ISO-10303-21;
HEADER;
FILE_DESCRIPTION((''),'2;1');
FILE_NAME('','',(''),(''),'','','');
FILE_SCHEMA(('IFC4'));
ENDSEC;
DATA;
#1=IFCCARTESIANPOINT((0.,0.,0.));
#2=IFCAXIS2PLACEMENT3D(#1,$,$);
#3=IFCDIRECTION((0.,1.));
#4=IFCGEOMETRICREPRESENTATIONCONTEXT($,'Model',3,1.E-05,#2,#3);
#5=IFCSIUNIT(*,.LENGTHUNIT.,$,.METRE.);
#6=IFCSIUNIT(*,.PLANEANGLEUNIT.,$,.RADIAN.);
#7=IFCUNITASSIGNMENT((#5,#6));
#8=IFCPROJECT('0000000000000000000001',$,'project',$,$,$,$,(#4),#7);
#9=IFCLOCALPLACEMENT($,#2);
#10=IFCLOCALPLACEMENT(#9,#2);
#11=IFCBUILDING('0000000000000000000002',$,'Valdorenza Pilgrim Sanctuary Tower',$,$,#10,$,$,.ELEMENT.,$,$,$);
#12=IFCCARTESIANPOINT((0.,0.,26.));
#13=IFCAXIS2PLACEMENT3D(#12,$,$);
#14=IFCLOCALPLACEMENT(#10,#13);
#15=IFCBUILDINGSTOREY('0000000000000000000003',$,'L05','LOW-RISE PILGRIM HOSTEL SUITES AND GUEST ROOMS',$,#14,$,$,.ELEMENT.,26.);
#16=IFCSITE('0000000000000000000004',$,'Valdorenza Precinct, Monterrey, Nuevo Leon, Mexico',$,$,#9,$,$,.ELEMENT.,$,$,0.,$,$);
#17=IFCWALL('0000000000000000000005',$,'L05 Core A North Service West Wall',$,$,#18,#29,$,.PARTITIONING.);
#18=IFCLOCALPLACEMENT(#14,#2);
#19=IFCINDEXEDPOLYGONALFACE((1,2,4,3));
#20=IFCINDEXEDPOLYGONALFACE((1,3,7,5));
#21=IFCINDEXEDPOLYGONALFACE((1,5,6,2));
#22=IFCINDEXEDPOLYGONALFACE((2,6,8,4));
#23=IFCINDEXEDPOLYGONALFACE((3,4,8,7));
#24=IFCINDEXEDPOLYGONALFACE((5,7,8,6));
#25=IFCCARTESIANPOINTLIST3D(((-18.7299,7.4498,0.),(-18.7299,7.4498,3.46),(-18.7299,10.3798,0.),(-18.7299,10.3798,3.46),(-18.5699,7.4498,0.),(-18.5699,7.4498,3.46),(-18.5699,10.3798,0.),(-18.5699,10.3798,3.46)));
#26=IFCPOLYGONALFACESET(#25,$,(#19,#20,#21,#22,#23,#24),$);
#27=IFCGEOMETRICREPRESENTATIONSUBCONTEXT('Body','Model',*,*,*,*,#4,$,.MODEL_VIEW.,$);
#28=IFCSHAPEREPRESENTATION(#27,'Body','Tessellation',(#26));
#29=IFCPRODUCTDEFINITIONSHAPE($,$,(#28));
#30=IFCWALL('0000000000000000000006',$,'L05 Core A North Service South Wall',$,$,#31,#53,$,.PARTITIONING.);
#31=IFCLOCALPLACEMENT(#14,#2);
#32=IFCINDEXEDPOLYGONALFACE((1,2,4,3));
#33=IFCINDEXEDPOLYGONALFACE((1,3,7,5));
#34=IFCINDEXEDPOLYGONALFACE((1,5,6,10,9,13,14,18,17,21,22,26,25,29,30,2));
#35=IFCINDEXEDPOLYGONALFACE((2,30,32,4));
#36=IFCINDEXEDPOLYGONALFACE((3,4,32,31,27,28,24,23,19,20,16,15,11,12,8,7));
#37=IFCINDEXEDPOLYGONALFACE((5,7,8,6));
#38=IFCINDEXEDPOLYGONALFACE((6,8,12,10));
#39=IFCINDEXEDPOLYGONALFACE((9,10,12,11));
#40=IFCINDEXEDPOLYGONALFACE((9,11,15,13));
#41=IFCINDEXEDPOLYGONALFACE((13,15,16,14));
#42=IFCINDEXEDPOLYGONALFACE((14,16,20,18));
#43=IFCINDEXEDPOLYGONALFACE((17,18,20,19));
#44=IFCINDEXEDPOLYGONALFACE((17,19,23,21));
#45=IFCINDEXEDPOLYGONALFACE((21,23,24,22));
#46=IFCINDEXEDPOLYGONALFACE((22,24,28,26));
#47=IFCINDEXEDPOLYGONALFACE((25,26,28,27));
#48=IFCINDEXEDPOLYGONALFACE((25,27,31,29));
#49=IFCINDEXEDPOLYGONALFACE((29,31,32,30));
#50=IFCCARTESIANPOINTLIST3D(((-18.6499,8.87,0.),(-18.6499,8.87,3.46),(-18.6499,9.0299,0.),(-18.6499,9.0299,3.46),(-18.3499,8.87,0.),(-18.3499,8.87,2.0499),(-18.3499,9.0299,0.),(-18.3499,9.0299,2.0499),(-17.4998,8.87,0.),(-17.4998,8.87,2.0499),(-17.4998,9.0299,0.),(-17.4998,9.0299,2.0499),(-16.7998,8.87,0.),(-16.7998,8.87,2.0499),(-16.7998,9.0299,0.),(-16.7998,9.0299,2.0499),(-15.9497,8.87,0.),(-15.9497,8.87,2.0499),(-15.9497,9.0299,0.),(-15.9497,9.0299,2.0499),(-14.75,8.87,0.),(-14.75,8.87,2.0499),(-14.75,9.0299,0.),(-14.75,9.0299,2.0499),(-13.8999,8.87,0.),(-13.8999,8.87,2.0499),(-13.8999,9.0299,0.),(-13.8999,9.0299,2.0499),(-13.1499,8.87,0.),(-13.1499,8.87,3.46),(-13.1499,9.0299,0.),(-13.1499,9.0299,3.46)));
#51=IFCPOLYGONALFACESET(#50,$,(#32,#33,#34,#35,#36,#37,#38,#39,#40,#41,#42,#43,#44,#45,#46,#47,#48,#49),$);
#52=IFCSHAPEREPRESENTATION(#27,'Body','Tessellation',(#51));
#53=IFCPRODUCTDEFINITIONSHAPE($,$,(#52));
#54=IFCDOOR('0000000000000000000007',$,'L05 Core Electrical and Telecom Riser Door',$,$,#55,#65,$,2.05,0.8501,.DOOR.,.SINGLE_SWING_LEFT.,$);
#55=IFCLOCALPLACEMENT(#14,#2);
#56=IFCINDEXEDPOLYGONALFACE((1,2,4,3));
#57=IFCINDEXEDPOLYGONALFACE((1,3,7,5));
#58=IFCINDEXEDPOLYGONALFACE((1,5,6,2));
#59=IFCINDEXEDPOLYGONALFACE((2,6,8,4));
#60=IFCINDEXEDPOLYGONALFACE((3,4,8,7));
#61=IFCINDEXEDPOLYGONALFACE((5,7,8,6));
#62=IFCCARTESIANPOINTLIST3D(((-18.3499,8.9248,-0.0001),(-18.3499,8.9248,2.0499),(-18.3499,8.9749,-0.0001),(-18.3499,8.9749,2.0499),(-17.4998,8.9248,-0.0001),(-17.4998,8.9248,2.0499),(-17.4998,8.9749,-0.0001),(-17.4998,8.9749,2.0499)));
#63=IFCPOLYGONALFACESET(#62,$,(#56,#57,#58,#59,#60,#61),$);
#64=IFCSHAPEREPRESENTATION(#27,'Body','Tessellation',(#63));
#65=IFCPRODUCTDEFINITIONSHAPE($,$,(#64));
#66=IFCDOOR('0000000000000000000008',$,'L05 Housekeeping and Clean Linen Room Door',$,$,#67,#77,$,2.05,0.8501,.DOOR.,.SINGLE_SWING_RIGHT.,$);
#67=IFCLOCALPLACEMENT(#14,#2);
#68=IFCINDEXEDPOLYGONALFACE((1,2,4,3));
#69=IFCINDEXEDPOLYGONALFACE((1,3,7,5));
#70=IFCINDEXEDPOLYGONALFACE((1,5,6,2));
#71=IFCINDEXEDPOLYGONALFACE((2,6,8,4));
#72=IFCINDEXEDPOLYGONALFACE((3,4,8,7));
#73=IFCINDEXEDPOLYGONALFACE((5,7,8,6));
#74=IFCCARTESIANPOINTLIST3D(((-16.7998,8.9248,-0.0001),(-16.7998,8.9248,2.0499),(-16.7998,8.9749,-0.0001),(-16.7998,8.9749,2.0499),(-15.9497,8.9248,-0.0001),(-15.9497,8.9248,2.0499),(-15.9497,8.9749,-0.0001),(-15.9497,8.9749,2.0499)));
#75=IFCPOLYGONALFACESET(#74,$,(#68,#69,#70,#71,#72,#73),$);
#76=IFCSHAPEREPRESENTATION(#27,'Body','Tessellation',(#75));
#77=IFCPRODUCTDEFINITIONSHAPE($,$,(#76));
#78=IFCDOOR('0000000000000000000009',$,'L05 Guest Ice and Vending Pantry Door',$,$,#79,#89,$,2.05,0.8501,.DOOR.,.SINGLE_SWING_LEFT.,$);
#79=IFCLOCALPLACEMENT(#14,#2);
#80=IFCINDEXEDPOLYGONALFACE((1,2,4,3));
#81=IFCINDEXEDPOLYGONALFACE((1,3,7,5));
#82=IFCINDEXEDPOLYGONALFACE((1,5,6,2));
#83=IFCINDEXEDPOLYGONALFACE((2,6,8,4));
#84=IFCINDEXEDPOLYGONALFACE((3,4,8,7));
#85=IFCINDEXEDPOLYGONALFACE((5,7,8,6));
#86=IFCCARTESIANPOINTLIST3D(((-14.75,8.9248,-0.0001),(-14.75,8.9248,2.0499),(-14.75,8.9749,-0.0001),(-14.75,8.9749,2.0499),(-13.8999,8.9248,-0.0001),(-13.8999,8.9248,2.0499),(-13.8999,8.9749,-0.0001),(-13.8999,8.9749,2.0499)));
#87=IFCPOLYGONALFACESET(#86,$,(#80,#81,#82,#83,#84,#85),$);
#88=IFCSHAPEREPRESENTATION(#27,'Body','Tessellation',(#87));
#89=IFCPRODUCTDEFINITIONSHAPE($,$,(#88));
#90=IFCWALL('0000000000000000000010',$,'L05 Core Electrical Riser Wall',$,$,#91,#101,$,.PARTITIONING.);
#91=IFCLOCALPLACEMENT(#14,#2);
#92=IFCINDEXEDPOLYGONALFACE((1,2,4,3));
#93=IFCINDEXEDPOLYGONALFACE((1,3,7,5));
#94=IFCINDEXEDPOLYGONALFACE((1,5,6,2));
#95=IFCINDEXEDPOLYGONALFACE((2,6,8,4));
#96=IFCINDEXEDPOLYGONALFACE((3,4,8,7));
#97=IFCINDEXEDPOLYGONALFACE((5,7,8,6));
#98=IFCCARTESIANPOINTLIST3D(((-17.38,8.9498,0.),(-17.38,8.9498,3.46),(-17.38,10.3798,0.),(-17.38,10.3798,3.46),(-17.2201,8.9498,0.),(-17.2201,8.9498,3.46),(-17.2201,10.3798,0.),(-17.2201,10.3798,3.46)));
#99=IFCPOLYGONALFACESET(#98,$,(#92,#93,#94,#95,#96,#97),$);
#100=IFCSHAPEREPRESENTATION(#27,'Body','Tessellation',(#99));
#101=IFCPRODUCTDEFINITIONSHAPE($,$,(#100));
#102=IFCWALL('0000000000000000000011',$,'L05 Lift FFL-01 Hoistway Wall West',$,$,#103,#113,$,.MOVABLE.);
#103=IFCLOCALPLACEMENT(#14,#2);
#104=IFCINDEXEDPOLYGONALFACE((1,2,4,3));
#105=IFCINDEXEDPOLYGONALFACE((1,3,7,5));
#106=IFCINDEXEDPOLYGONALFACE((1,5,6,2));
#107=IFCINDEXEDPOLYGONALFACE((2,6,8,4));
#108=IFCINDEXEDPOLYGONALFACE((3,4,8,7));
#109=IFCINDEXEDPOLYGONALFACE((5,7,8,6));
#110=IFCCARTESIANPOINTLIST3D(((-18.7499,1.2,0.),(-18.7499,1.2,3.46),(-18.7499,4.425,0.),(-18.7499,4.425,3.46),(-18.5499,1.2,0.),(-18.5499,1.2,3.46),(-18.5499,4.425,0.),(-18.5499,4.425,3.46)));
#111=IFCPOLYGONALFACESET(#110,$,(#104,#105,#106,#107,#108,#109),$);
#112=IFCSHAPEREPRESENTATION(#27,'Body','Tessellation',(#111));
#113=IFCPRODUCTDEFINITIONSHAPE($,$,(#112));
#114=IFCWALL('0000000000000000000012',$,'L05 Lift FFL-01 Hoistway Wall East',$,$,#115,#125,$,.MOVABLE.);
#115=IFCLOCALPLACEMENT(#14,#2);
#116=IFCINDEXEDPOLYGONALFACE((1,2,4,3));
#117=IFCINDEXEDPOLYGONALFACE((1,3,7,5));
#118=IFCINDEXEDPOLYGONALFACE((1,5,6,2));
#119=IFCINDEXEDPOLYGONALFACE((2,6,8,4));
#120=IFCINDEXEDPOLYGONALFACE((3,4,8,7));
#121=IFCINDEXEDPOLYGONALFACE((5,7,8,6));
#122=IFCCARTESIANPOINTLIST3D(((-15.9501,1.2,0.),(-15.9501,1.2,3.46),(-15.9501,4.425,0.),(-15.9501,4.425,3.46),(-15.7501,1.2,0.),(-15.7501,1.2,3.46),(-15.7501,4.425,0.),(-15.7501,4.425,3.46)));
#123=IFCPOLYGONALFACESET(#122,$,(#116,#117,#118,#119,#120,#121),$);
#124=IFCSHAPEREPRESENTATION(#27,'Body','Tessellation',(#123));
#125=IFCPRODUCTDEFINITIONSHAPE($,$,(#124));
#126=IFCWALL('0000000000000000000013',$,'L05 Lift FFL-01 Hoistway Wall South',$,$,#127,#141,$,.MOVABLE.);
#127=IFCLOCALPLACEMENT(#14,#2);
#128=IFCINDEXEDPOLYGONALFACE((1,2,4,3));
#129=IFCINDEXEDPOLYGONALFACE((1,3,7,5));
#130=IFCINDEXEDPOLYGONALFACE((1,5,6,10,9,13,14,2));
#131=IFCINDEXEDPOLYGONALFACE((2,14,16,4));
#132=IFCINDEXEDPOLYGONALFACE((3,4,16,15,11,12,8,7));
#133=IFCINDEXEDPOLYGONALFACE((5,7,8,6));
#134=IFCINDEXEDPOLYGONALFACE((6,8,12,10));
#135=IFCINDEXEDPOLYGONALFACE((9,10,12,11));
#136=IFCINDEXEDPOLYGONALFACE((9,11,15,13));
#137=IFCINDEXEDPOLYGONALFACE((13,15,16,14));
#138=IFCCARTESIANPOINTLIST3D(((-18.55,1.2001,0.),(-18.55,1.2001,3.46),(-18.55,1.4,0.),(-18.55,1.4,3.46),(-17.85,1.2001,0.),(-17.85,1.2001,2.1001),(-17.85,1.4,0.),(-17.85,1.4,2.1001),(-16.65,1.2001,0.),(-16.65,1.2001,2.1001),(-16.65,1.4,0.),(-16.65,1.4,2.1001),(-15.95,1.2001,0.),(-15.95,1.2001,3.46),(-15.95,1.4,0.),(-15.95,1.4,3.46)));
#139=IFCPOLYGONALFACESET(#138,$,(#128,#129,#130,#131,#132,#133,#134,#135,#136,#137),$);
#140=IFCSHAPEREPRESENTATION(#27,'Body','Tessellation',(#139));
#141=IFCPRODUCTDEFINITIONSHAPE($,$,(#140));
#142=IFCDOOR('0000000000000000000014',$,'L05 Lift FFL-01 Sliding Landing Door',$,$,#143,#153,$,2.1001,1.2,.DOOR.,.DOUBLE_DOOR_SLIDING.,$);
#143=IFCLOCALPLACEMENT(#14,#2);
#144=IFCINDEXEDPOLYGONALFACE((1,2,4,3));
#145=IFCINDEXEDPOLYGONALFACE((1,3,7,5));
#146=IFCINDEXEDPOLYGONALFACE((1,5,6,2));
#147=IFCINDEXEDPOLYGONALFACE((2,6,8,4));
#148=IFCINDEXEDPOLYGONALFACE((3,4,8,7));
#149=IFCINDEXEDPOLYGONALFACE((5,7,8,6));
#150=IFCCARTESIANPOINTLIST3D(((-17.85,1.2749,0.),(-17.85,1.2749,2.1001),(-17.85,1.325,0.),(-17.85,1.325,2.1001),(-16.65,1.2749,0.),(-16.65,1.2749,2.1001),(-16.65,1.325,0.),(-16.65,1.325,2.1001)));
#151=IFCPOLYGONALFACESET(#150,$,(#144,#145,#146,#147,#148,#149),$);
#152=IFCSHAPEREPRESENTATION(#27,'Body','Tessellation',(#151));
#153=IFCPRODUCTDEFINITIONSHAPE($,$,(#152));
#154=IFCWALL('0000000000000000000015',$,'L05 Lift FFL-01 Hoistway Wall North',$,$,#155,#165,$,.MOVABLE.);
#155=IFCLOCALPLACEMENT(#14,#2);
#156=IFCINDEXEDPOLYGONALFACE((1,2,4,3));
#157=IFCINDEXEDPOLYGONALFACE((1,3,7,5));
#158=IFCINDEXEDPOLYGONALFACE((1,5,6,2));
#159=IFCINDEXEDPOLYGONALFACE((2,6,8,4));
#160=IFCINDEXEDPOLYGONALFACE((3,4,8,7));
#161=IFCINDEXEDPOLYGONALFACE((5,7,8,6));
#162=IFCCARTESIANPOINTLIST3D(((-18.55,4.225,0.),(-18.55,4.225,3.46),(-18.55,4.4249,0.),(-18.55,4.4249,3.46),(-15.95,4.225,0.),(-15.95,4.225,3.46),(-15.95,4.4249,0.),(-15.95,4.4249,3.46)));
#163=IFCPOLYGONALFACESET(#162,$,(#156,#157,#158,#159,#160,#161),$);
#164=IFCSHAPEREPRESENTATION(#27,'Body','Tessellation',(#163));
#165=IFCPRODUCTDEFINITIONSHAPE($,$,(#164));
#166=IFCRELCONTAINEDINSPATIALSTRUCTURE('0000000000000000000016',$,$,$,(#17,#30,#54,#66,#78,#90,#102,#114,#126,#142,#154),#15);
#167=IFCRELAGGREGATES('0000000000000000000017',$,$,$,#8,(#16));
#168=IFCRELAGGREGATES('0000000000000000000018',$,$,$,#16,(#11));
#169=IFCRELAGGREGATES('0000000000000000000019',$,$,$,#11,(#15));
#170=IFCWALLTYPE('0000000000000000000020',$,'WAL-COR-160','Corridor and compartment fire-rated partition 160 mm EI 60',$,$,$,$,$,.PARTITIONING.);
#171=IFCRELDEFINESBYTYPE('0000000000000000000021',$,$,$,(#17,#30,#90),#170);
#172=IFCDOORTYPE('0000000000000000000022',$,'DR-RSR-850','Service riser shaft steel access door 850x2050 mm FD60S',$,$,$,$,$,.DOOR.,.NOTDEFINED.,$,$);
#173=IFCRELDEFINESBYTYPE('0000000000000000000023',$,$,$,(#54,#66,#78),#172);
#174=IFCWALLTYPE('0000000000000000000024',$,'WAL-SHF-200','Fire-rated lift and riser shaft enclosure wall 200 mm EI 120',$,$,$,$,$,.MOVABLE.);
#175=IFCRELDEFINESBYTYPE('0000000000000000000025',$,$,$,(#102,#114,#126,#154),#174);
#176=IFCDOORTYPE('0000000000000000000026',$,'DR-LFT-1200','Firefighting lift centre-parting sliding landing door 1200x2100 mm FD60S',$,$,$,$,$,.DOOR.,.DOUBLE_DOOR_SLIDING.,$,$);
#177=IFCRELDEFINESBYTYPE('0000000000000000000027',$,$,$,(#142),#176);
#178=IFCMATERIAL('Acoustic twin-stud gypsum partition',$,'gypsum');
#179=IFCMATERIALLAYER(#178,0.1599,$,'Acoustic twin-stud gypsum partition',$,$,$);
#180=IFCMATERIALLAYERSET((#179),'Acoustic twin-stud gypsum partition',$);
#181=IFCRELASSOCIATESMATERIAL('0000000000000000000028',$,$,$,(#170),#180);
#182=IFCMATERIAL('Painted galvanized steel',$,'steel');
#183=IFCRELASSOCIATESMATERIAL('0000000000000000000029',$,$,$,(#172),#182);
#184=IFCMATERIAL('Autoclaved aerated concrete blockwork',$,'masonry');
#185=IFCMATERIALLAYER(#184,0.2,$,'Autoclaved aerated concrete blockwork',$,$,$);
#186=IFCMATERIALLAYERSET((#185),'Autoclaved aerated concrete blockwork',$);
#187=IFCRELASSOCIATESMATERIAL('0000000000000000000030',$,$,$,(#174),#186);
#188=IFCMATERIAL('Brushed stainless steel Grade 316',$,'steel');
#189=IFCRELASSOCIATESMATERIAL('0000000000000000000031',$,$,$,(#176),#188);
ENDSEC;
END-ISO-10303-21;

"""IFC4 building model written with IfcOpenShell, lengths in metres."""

from ifc_helpers import new_model, si_unit, direction, frame, frame_2d, origin, place, context, subcontext, project, spatial, rectangle, extrude, material, layer, layer_set, type_object, element, fill, save


model = new_model("IFC4")

# Units and contexts
model_context = context("Model", 3, precision=1e-05, world=origin(), true_north=direction((0.0, 1.0)))
body_context = subcontext(model_context, "Body", "Model", "MODEL_VIEW")
ifc_project = project(units=[si_unit("LENGTHUNIT", "METRE"), si_unit("PLANEANGLEUNIT", "RADIAN")], contexts=[model_context])

# Site, building, storey
site_placement = place(None, origin())
site = spatial("IfcSite", under=ifc_project, at=site_placement, Name="Valdorenza Precinct, Monterrey, Nuevo Leon, Mexico", CompositionType="ELEMENT", RefElevation=0.0)
building_placement = place(site_placement, origin())
building = spatial("IfcBuilding", under=site, at=building_placement, Name="Valdorenza Pilgrim Sanctuary Tower", CompositionType="ELEMENT")
storey_placement = place(building_placement, frame((0.0, 0.0, 26.0)))
storey = spatial("IfcBuildingStorey", under=building, at=storey_placement, Name="L05", Description="LOW-RISE PILGRIM HOSTEL SUITES AND GUEST ROOMS", CompositionType="ELEMENT", Elevation=26.0)

# Wall
ifc_material_1 = material(Name="Acoustic twin-stud gypsum partition", Category="gypsum")
ifc_layer_1 = layer(ifc_material_1, 0.1599, Name="Acoustic twin-stud gypsum partition")
ifc_layer_set_1 = layer_set([ifc_layer_1], Name="Acoustic twin-stud gypsum partition")
wall_type_1 = type_object("IfcWallType", Name="WAL-COR-160", Description="Corridor and compartment fire-rated partition 160 mm EI 60", PredefinedType="PARTITIONING", material=ifc_layer_set_1)
wall_1_placement = place(storey_placement, frame((-18.6499, 7.45, 0.0), z_axis=(0.0, 0.0, 1.0), x_axis=(0.0, 1.0, 0.0)))
element("IfcWall", 1, at=wall_1_placement, inside=storey, type_object=wall_type_1, Name="L05 Core A North Service West Wall", PredefinedType="PARTITIONING", context=body_context, shape_type="SweptSolid", body=[
    extrude(rectangle(XDim=2.9299, YDim=0.1599, at=frame_2d((1.4648, 0.0))), origin(), (0.0, 0.0, 1.0), 3.46),
])

# Wall, openings, doors
wall_2_placement = place(storey_placement, frame((-18.6499, 8.95, 0.0), z_axis=(0.0, 0.0, 1.0), x_axis=(1.0, 0.0, 0.0)))
wall_2 = element("IfcWall", 2, at=wall_2_placement, inside=storey, type_object=wall_type_1, Name="L05 Core A North Service South Wall", PredefinedType="PARTITIONING", context=body_context, shape_type="SweptSolid", body=[
    extrude(rectangle(XDim=5.5, YDim=0.1599, at=frame_2d((2.75, 0.0))), origin(), (0.0, 0.0, 1.0), 3.46),
])
opening_1_placement = place(wall_2_placement, frame((0.3, 0.0, 0.0)))
opening_1 = element("IfcOpeningElement", 3, at=opening_1_placement, cuts=wall_2, PredefinedType="OPENING", context=body_context, shape_type="SweptSolid", body=[
    extrude(rectangle(XDim=0.8501, YDim=2.05, at=frame_2d((0.425, 1.0249))), frame((0.0, 0.0947, 0.0), z_axis=(0.0, -1.0, 0.0), x_axis=(1.0, 0.0, 0.0)), (0.0, 0.0, 1.0), 0.1897),
])
opening_2_placement = place(wall_2_placement, frame((1.8501, 0.0, 0.0)))
opening_2 = element("IfcOpeningElement", 4, at=opening_2_placement, cuts=wall_2, PredefinedType="OPENING", context=body_context, shape_type="SweptSolid", body=[
    extrude(rectangle(XDim=0.8501, YDim=2.05, at=frame_2d((0.425, 1.0249))), frame((0.0, 0.0947, 0.0), z_axis=(0.0, -1.0, 0.0), x_axis=(1.0, 0.0, 0.0)), (0.0, 0.0, 1.0), 0.1897),
])
opening_3_placement = place(wall_2_placement, frame((3.8999, 0.0, 0.0)))
opening_3 = element("IfcOpeningElement", 5, at=opening_3_placement, cuts=wall_2, PredefinedType="OPENING", context=body_context, shape_type="SweptSolid", body=[
    extrude(rectangle(XDim=0.8501, YDim=2.05, at=frame_2d((0.425, 1.0249))), frame((0.0, 0.0947, 0.0), z_axis=(0.0, -1.0, 0.0), x_axis=(1.0, 0.0, 0.0)), (0.0, 0.0, 1.0), 0.1897),
])
ifc_material_2 = material(Name="Painted galvanized steel", Category="steel")
door_type_1 = type_object("IfcDoorType", Name="DR-RSR-850", Description="Service riser shaft steel access door 850x2050 mm FD60S", OperationType="NOTDEFINED", PredefinedType="DOOR", material=ifc_material_2)
door_1_placement = place(opening_1_placement, origin())
door_1 = element("IfcDoor", 6, at=door_1_placement, inside=storey, type_object=door_type_1, Name="L05 Core Electrical and Telecom Riser Door", OperationType="SINGLE_SWING_LEFT", OverallHeight=2.05, OverallWidth=0.8501, PredefinedType="DOOR", context=body_context, shape_type="SweptSolid", body=[
    extrude(rectangle(XDim=0.8501, YDim=2.05, at=frame_2d((0.425, 1.0249))), frame((0.0, 0.0249, 0.0), z_axis=(0.0, -1.0, 0.0), x_axis=(1.0, 0.0, 0.0)), (0.0, 0.0, 1.0), 0.05),
])
fill(opening_1, door_1)
door_2_placement = place(opening_2_placement, origin())
door_2 = element("IfcDoor", 7, at=door_2_placement, inside=storey, type_object=door_type_1, Name="L05 Housekeeping and Clean Linen Room Door", OperationType="SINGLE_SWING_RIGHT", OverallHeight=2.05, OverallWidth=0.8501, PredefinedType="DOOR", context=body_context, shape_type="SweptSolid", body=[
    extrude(rectangle(XDim=0.8501, YDim=2.05, at=frame_2d((0.425, 1.0249))), frame((0.0, 0.0249, 0.0), z_axis=(0.0, -1.0, 0.0), x_axis=(1.0, 0.0, 0.0)), (0.0, 0.0, 1.0), 0.05),
])
fill(opening_2, door_2)
door_3_placement = place(opening_3_placement, origin())
door_3 = element("IfcDoor", 8, at=door_3_placement, inside=storey, type_object=door_type_1, Name="L05 Guest Ice and Vending Pantry Door", OperationType="SINGLE_SWING_LEFT", OverallHeight=2.05, OverallWidth=0.8501, PredefinedType="DOOR", context=body_context, shape_type="SweptSolid", body=[
    extrude(rectangle(XDim=0.8501, YDim=2.05, at=frame_2d((0.425, 1.0249))), frame((0.0, 0.0249, 0.0), z_axis=(0.0, -1.0, 0.0), x_axis=(1.0, 0.0, 0.0)), (0.0, 0.0, 1.0), 0.05),
])
fill(opening_3, door_3)

# Wall
wall_3_placement = place(storey_placement, frame((-17.3, 8.95, 0.0), z_axis=(0.0, 0.0, 1.0), x_axis=(0.0, 1.0, 0.0)))
element("IfcWall", 9, at=wall_3_placement, inside=storey, type_object=wall_type_1, Name="L05 Core Electrical Riser Wall", PredefinedType="PARTITIONING", context=body_context, shape_type="SweptSolid", body=[
    extrude(rectangle(XDim=1.4299, YDim=0.1599, at=frame_2d((0.7148, 0.0))), origin(), (0.0, 0.0, 1.0), 3.46),
])

# Walls
ifc_material_3 = material(Name="Autoclaved aerated concrete blockwork", Category="masonry")
ifc_layer_2 = layer(ifc_material_3, 0.2, Name="Autoclaved aerated concrete blockwork")
ifc_layer_set_2 = layer_set([ifc_layer_2], Name="Autoclaved aerated concrete blockwork")
wall_type_2 = type_object("IfcWallType", Name="WAL-SHF-200", Description="Fire-rated lift and riser shaft enclosure wall 200 mm EI 120", PredefinedType="MOVABLE", material=ifc_layer_set_2)
for number, where, z_axis, x_axis, name in (
    (10, (-18.6499, 1.2, 0.0), (0.0, 0.0, 1.0), (0.0, 1.0, 0.0), "L05 Lift FFL-01 Hoistway Wall West"),
    (11, (-15.8501, 1.2, 0.0), (0.0, 0.0, 1.0), (0.0, 1.0, 0.0), "L05 Lift FFL-01 Hoistway Wall East"),
):
    element("IfcWall", number, at=place(storey_placement, frame(where, z_axis=z_axis, x_axis=x_axis)), inside=storey, type_object=wall_type_2, Name=name, PredefinedType="MOVABLE", context=body_context, shape_type="SweptSolid", body=[
        extrude(rectangle(XDim=3.2251, YDim=0.2, at=frame_2d((1.6125, 0.0))), origin(), (0.0, 0.0, 1.0), 3.46),
    ])

# Wall, opening, door
wall_4_placement = place(storey_placement, frame((-18.55, 1.3, 0.0), z_axis=(0.0, 0.0, 1.0), x_axis=(1.0, 0.0, 0.0)))
wall_4 = element("IfcWall", 12, at=wall_4_placement, inside=storey, type_object=wall_type_2, Name="L05 Lift FFL-01 Hoistway Wall South", PredefinedType="MOVABLE", context=body_context, shape_type="SweptSolid", body=[
    extrude(rectangle(XDim=2.6001, YDim=0.2, at=frame_2d((1.3, 0.0))), origin(), (0.0, 0.0, 1.0), 3.46),
])
opening_4_placement = place(wall_4_placement, frame((0.7, 0.0, 0.0)))
opening_4 = element("IfcOpeningElement", 13, at=opening_4_placement, cuts=wall_4, PredefinedType="OPENING", context=body_context, shape_type="SweptSolid", body=[
    extrude(rectangle(XDim=1.2, YDim=2.1001, at=frame_2d((0.6001, 1.05))), frame((0.0, 0.1147, 0.0), z_axis=(0.0, -1.0, 0.0), x_axis=(1.0, 0.0, 0.0)), (0.0, 0.0, 1.0), 0.2297),
])
ifc_material_4 = material(Name="Brushed stainless steel Grade 316", Category="steel")
door_type_2 = type_object("IfcDoorType", Name="DR-LFT-1200", Description="Firefighting lift centre-parting sliding landing door 1200x2100 mm FD60S", OperationType="DOUBLE_DOOR_SLIDING", PredefinedType="DOOR", material=ifc_material_4)
door_4_placement = place(opening_4_placement, origin())
door_4 = element("IfcDoor", 14, at=door_4_placement, inside=storey, type_object=door_type_2, Name="L05 Lift FFL-01 Sliding Landing Door", OperationType="DOUBLE_DOOR_SLIDING", OverallHeight=2.1001, OverallWidth=1.2, PredefinedType="DOOR", context=body_context, shape_type="SweptSolid", body=[
    extrude(rectangle(XDim=1.2, YDim=2.1001, at=frame_2d((0.6001, 1.05))), frame((0.0, 0.0249, 0.0), z_axis=(0.0, -1.0, 0.0), x_axis=(1.0, 0.0, 0.0)), (0.0, 0.0, 1.0), 0.05),
])
fill(opening_4, door_4)

# Wall
wall_5_placement = place(storey_placement, frame((-18.55, 4.325, 0.0), z_axis=(0.0, 0.0, 1.0), x_axis=(1.0, 0.0, 0.0)))
element("IfcWall", 15, at=wall_5_placement, inside=storey, type_object=wall_type_2, Name="L05 Lift FFL-01 Hoistway Wall North", PredefinedType="MOVABLE", context=body_context, shape_type="SweptSolid", body=[
    extrude(rectangle(XDim=2.6001, YDim=0.2, at=frame_2d((1.3, 0.0))), origin(), (0.0, 0.0, 1.0), 3.46),
])

save(model, "model.ifc")
